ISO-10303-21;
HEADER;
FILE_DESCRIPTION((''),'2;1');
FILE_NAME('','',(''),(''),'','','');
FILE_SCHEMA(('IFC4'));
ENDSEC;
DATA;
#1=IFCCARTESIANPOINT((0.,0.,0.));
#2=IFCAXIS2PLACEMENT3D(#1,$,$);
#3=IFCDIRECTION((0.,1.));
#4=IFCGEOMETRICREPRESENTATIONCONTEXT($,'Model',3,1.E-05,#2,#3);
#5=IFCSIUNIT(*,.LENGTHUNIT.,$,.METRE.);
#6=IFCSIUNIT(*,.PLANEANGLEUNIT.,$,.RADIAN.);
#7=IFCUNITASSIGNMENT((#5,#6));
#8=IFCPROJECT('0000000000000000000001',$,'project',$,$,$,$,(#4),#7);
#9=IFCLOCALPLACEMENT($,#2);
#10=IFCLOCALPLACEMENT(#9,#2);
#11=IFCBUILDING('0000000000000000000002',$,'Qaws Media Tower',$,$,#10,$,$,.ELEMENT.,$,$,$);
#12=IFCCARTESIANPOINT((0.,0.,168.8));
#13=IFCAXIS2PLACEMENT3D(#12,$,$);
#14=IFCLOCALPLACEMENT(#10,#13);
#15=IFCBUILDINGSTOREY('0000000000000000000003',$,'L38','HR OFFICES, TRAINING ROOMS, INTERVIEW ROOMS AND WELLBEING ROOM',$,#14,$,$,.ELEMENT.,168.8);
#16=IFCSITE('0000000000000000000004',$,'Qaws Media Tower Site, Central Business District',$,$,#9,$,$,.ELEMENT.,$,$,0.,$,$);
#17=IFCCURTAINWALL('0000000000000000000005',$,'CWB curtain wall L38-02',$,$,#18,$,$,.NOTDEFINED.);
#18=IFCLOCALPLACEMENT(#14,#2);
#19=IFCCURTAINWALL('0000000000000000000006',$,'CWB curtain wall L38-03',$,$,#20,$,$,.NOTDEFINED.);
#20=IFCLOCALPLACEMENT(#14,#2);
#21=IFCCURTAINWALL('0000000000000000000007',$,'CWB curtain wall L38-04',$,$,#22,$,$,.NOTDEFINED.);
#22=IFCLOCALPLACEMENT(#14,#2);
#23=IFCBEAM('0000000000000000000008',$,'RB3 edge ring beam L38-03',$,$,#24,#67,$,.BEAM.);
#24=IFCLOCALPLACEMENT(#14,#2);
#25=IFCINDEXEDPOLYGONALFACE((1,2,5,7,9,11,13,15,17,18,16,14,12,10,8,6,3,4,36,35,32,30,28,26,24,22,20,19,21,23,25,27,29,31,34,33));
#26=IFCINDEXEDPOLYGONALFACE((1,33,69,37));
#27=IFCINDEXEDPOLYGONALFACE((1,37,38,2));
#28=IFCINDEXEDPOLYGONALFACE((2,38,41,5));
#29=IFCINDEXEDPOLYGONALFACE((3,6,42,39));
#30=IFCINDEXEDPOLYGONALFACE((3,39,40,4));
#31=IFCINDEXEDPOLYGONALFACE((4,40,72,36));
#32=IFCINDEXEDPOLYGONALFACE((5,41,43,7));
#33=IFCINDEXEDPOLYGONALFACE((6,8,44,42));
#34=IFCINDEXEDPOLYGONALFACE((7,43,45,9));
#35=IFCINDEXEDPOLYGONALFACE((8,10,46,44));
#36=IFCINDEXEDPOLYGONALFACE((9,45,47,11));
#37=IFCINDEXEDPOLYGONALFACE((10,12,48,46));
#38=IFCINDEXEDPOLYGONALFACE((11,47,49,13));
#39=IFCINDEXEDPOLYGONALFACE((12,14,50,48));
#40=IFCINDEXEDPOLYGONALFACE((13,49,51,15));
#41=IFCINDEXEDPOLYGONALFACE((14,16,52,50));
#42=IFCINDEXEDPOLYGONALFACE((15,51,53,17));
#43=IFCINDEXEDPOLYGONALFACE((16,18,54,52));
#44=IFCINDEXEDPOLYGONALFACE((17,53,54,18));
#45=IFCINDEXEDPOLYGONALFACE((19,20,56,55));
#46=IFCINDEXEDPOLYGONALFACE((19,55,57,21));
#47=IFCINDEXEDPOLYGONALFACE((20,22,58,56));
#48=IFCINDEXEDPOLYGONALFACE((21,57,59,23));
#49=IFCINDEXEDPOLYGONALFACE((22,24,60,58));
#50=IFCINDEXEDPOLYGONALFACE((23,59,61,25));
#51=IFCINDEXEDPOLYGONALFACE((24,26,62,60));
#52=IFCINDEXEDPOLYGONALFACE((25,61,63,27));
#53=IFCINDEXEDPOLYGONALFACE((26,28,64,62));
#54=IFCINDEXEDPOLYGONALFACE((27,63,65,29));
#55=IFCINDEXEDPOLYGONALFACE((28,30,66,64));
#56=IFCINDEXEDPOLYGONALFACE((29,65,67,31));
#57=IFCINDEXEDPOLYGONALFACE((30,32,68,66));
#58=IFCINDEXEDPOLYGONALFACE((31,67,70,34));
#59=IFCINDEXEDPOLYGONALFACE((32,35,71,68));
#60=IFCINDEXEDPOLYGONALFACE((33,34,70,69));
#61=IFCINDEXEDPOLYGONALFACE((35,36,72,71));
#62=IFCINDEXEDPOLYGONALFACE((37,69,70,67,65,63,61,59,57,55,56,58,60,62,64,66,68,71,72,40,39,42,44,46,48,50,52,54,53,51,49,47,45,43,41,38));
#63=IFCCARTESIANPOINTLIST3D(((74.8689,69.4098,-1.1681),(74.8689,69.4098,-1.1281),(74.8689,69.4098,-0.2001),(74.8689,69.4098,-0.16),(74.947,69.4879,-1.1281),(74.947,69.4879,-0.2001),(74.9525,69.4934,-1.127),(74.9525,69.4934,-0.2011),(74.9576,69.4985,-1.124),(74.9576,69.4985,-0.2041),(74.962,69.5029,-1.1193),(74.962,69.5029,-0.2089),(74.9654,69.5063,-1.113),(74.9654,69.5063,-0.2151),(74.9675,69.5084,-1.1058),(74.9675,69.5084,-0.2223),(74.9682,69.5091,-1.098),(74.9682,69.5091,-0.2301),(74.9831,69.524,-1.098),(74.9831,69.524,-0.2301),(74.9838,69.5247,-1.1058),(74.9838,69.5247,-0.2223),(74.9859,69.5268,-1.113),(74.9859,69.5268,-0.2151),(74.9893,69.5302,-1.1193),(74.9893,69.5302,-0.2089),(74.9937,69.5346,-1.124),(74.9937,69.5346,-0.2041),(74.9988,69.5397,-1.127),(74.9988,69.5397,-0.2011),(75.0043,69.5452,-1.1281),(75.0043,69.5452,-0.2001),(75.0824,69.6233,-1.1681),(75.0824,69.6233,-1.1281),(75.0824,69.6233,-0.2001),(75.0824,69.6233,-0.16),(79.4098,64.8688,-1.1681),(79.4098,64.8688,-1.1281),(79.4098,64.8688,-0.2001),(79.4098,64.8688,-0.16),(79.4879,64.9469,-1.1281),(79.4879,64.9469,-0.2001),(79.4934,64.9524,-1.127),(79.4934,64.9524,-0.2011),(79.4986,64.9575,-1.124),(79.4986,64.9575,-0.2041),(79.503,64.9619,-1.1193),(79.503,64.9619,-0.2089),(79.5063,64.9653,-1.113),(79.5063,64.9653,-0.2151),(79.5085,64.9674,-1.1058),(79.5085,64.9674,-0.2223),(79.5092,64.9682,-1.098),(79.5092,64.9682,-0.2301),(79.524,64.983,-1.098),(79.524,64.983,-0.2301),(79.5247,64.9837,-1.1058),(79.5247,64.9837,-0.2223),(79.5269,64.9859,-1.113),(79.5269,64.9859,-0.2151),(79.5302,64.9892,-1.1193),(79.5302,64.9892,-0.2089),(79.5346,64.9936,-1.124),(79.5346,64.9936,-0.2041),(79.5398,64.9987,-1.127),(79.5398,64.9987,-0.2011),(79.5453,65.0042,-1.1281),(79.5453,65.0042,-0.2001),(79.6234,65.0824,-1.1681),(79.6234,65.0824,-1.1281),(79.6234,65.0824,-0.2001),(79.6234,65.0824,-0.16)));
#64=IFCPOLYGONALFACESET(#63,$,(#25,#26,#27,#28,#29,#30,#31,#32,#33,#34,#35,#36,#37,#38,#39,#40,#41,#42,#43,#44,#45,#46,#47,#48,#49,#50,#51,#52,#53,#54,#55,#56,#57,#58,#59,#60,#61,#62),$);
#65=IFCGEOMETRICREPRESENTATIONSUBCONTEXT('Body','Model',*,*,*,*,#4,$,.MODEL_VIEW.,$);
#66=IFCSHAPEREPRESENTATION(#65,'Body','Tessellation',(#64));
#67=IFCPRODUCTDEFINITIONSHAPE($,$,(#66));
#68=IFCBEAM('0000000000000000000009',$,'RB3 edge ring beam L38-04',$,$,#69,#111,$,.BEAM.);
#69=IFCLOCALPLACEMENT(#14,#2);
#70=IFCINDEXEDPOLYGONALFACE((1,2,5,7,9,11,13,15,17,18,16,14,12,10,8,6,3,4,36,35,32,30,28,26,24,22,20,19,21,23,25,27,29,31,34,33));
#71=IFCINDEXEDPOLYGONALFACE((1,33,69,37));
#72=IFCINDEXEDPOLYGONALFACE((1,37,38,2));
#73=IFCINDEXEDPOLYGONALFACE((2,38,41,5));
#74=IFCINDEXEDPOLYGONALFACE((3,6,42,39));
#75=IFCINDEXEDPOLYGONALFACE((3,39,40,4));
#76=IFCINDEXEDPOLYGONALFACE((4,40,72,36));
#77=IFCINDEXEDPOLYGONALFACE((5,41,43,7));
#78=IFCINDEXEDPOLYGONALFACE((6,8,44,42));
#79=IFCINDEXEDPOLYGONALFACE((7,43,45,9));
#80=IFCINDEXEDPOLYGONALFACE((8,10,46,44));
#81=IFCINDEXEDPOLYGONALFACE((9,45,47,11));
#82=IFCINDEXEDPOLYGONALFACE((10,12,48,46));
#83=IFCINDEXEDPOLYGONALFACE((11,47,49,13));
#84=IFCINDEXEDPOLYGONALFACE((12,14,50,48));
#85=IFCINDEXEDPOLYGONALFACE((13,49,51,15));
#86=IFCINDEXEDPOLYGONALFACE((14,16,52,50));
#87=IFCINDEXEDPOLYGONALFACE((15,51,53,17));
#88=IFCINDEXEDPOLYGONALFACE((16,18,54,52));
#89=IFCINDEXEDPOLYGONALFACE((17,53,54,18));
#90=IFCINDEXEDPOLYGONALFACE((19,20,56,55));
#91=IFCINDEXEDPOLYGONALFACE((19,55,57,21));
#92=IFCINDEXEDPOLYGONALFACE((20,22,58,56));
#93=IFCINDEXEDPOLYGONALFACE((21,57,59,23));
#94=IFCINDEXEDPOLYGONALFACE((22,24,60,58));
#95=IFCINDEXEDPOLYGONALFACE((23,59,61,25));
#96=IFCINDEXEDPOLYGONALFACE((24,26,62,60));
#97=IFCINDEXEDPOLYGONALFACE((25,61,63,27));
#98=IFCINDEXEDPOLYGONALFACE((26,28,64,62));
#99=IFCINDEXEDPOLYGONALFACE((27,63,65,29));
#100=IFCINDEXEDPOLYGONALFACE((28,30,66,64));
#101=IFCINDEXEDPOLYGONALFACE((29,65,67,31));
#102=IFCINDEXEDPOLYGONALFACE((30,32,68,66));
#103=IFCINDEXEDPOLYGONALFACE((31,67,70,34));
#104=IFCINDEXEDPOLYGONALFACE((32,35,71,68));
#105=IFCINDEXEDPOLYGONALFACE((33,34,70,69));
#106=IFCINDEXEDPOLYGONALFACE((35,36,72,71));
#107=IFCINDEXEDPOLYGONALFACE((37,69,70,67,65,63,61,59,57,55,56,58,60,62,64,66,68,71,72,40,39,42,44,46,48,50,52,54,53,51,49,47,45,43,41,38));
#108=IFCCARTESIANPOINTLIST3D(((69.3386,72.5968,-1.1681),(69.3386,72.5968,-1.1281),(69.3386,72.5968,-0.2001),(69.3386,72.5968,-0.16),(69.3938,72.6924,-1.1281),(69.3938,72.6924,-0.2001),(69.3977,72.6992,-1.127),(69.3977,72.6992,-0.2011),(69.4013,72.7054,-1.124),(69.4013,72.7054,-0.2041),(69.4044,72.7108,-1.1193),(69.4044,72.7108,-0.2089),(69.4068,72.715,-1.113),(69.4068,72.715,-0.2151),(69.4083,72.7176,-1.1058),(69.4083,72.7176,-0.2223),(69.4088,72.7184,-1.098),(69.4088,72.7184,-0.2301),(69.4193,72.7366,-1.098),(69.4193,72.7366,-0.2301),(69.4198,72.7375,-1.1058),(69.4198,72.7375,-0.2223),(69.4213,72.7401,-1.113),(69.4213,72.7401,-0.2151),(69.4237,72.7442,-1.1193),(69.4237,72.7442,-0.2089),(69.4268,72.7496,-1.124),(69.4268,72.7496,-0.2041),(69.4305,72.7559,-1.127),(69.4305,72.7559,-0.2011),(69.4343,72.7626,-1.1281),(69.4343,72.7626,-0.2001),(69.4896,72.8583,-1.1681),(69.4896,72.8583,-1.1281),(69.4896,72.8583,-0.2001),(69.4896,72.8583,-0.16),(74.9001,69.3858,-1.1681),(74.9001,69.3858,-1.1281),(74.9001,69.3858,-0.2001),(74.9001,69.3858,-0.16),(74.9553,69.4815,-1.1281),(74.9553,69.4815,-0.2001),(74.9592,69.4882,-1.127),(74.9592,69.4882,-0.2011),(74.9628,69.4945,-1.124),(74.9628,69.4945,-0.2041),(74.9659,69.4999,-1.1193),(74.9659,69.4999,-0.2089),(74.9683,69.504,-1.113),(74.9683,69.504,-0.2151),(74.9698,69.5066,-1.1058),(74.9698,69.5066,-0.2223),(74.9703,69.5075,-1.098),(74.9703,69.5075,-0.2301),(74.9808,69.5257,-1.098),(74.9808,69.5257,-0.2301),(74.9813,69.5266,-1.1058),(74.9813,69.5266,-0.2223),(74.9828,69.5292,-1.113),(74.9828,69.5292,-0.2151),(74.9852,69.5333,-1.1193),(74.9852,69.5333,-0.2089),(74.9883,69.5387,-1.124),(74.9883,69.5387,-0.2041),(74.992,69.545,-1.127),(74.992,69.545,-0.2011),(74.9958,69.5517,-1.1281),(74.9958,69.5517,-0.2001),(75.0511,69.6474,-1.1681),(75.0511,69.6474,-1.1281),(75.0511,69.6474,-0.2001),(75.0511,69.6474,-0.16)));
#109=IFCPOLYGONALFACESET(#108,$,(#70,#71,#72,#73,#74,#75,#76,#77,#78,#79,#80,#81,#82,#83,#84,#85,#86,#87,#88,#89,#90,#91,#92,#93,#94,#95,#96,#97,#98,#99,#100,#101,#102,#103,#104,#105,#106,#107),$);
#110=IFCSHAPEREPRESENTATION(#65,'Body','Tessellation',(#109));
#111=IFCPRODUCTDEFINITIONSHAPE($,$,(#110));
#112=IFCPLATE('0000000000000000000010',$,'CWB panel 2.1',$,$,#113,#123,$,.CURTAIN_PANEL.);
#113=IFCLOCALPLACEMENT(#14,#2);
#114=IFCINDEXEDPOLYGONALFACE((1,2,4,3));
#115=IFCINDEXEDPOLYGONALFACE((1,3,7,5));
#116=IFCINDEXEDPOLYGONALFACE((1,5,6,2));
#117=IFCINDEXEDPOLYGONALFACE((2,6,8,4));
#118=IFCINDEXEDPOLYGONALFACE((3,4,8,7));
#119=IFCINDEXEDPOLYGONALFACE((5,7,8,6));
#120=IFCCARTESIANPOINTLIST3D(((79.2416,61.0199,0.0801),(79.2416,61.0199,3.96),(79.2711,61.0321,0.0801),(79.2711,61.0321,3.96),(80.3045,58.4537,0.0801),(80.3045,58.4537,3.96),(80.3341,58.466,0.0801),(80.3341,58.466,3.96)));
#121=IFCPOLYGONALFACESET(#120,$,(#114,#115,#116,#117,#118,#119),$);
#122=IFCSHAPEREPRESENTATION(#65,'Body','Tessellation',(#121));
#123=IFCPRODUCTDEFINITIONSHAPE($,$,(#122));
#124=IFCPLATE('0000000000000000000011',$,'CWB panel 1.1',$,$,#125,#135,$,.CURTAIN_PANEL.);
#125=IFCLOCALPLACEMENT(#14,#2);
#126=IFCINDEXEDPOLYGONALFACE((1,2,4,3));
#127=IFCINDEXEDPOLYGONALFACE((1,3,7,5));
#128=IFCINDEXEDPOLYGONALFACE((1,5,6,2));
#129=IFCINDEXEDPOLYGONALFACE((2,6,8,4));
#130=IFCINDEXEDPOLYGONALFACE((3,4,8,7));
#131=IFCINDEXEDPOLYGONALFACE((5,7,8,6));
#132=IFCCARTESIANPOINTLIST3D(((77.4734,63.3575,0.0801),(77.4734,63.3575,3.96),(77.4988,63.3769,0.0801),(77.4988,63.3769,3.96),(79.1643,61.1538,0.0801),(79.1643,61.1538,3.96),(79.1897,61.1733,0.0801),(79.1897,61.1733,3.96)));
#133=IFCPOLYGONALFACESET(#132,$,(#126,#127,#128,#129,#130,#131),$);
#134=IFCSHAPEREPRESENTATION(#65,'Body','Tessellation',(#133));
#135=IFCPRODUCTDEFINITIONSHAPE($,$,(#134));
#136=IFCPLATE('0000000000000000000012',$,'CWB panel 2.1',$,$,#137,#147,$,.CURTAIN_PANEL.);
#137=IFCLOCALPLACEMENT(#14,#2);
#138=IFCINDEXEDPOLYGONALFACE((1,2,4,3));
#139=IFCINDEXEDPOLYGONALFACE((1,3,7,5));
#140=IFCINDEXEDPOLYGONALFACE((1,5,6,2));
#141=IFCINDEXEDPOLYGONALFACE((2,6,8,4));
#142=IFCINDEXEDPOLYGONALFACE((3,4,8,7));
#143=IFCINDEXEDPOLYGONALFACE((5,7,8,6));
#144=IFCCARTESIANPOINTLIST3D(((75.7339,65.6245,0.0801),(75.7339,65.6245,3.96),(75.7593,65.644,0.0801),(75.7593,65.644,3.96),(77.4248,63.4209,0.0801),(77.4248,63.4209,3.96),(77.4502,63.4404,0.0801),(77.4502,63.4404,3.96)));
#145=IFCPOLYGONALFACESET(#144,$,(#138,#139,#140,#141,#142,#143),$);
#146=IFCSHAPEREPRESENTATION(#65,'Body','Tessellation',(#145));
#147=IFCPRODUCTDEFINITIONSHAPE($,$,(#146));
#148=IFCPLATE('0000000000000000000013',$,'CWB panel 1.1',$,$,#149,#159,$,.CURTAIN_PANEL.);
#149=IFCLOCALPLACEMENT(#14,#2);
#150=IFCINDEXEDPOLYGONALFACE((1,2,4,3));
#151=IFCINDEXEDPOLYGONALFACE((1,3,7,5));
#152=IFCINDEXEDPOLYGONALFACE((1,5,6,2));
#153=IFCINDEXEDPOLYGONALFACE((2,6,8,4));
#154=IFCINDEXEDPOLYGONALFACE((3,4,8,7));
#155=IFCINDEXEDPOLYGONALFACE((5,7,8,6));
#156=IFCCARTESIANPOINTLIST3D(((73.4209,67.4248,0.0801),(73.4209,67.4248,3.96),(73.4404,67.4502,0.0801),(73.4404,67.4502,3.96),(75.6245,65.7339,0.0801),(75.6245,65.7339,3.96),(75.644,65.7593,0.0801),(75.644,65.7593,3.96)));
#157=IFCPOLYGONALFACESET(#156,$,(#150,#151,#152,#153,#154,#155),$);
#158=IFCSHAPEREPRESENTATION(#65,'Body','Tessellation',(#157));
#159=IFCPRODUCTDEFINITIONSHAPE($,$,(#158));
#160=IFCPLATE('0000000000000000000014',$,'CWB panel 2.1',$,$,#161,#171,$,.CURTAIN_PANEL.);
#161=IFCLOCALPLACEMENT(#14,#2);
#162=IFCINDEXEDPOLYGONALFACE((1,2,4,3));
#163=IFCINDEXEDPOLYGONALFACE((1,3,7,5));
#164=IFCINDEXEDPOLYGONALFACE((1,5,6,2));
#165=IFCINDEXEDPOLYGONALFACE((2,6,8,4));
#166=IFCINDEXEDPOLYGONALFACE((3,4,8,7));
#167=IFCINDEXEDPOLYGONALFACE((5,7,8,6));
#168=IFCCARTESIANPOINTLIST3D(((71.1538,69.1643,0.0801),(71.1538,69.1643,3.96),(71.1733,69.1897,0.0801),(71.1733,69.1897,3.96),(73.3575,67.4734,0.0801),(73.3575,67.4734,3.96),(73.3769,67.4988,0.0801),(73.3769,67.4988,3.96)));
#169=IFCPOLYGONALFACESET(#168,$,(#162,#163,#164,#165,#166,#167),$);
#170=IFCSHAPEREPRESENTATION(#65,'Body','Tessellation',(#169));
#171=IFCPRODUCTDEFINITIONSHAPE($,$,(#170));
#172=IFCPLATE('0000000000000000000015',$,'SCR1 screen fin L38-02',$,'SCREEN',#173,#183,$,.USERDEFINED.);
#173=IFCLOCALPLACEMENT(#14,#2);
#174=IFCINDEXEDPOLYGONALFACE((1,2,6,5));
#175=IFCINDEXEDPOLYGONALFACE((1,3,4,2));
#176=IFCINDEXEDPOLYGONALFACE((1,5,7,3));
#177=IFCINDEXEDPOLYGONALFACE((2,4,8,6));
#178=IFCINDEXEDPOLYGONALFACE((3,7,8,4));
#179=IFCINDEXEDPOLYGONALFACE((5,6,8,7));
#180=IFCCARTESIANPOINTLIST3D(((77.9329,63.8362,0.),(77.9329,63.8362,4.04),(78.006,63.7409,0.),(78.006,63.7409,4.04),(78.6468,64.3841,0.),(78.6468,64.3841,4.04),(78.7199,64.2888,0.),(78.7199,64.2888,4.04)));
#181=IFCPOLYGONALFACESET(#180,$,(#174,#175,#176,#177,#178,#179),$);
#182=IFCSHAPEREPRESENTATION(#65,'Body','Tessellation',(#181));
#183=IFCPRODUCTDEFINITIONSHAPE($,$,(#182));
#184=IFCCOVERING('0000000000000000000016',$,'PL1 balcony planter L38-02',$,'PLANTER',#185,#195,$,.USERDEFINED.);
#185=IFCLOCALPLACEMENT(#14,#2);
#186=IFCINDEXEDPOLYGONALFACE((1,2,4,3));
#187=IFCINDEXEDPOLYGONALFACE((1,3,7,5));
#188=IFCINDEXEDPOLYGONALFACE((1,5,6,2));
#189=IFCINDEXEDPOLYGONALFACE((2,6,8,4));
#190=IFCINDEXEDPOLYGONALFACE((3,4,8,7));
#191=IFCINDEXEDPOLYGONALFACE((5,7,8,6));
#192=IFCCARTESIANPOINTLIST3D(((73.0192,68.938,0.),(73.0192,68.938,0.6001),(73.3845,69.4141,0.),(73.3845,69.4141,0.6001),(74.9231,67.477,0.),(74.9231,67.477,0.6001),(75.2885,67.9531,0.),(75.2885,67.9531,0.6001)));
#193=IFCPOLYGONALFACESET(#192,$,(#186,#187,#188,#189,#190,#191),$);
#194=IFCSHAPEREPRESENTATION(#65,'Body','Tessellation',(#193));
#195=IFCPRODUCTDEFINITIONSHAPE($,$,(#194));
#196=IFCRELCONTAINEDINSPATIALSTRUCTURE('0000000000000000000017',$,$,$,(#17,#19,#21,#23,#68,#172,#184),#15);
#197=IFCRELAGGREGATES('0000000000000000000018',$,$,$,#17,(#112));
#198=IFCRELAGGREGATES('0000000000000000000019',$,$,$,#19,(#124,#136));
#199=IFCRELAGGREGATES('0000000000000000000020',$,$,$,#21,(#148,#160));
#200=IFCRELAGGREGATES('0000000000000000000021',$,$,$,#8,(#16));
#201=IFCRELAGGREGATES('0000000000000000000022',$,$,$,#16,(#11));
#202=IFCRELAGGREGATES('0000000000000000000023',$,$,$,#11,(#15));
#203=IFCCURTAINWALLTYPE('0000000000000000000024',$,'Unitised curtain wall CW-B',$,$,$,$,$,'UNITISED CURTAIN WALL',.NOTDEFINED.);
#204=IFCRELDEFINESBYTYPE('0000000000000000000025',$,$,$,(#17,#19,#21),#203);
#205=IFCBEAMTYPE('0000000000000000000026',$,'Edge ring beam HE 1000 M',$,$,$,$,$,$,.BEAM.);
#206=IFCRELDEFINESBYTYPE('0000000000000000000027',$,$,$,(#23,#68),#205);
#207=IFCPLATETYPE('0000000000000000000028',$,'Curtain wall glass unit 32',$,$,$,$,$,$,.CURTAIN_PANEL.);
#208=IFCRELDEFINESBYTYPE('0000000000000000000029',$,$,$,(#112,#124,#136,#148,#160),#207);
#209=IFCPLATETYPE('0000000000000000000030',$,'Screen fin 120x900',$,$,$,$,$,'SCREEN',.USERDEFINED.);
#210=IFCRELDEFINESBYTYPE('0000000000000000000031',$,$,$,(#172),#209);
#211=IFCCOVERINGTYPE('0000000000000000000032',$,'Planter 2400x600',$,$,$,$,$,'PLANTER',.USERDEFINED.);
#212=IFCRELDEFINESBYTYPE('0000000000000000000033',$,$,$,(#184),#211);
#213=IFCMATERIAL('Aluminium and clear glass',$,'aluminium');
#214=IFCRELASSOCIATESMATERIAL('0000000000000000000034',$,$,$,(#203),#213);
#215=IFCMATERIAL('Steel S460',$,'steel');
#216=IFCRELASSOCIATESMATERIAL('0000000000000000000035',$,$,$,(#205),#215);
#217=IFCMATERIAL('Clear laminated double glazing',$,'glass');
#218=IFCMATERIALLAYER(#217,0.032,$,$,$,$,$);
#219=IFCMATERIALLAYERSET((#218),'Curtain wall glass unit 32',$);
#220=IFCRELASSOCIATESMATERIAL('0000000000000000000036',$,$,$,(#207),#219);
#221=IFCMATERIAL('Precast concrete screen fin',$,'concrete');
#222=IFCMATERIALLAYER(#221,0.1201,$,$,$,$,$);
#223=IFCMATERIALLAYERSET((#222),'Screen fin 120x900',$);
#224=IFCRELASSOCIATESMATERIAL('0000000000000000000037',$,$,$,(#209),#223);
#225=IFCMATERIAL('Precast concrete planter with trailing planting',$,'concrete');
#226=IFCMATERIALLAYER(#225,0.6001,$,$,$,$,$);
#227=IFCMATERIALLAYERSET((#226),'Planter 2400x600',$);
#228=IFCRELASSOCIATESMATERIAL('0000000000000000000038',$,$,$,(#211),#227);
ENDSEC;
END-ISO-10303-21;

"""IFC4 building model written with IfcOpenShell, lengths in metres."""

from ifc_helpers import new_model, si_unit, direction, frame, origin, origin_2d, place, context, subcontext, project, spatial, rectangle, i_section, extrude, material, layer, layer_set, material_profile, profile_set, type_object, element, aggregate, save


model = new_model("IFC4")

# Units and contexts
model_context = context("Model", 3, precision=1e-05, world=origin(), true_north=direction((0.0, 1.0)))
body_context = subcontext(model_context, "Body", "Model", "MODEL_VIEW")
ifc_project = project(units=[si_unit("LENGTHUNIT", "METRE"), si_unit("PLANEANGLEUNIT", "RADIAN")], contexts=[model_context])

# Site, building, storey
site_placement = place(None, origin())
site = spatial("IfcSite", under=ifc_project, at=site_placement, Name="Qaws Media Tower Site, Central Business District", CompositionType="ELEMENT", RefElevation=0.0)
building_placement = place(site_placement, origin())
building = spatial("IfcBuilding", under=site, at=building_placement, Name="Qaws Media Tower", CompositionType="ELEMENT")
storey_placement = place(building_placement, frame((0.0, 0.0, 168.8)))
storey = spatial("IfcBuildingStorey", under=building, at=storey_placement, Name="L38", Description="HR OFFICES, TRAINING ROOMS, INTERVIEW ROOMS AND WELLBEING ROOM", CompositionType="ELEMENT", Elevation=168.8)

# Curtain wall
ifc_material_1 = material(Name="Aluminium and clear glass", Category="aluminium")
curtain_wall_type = type_object("IfcCurtainWallType", Name="Unitised curtain wall CW-B", ElementType="UNITISED CURTAIN WALL", PredefinedType="NOTDEFINED", material=ifc_material_1)
curtain_wall_1_placement = place(storey_placement, origin())
curtain_wall_1 = element("IfcCurtainWall", 1, at=curtain_wall_1_placement, inside=storey, type_object=curtain_wall_type, Name="CWB curtain wall L38-02", PredefinedType="NOTDEFINED")

# Curtain walls
curtain_wall_2_placement = place(storey_placement, origin())
curtain_wall_2 = element("IfcCurtainWall", 2, at=curtain_wall_2_placement, inside=storey, type_object=curtain_wall_type, Name="CWB curtain wall L38-03", PredefinedType="NOTDEFINED")
curtain_wall_3_placement = place(storey_placement, origin())
curtain_wall_3 = element("IfcCurtainWall", 3, at=curtain_wall_3_placement, inside=storey, type_object=curtain_wall_type, Name="CWB curtain wall L38-04", PredefinedType="NOTDEFINED")

# Beams
ifc_material_2 = material(Name="Steel S460", Category="steel")
ifc_material_profile_1 = material_profile(ifc_material_2, i_section(OverallWidth=0.302, OverallDepth=1.0081, WebThickness=0.021, FlangeThickness=0.04, FilletRadius=0.03, at=origin_2d()), Name="HE 1000 M")
ifc_profile_set_1 = profile_set([ifc_material_profile_1], Name="Steel S460")
beam_type = type_object("IfcBeamType", Name="Edge ring beam HE 1000 M", PredefinedType="BEAM", material=ifc_profile_set_1)
for number, where, z_axis, x_axis, name in (
    (4, (79.5166, 64.9756, -0.6641), (-0.707107, 0.707107, 0.0), (-0.707107, -0.707107, 0.0), "RB3 edge ring beam L38-03"),
    (5, (74.9756, 69.5166, -0.6641), (-0.866026, 0.499999, 0.0), (-0.499999, -0.866026, 0.0), "RB3 edge ring beam L38-04"),
):
    element("IfcBeam", number, at=place(storey_placement, frame(where, z_axis=z_axis, x_axis=x_axis)), inside=storey, type_object=beam_type, Name=name, PredefinedType="BEAM", context=body_context, shape_type="SweptSolid", body=[
        extrude(i_section(OverallWidth=0.302, OverallDepth=1.0081, WebThickness=0.021, FlangeThickness=0.04, FilletRadius=0.03, at=origin_2d()), origin(), (0.0, 0.0, 1.0), 6.4219),
    ])

# Plates
ifc_material_3 = material(Name="Clear laminated double glazing", Category="glass")
ifc_layer_1 = layer(ifc_material_3, 0.032)
ifc_layer_set_1 = layer_set([ifc_layer_1], Name="Curtain wall glass unit 32")
plate_type_1 = type_object("IfcPlateType", Name="Curtain wall glass unit 32", PredefinedType="CURTAIN_PANEL", material=ifc_layer_set_1)
plate_1_placement = place(storey_placement, frame((79.7878, 59.7429, 0.0801), z_axis=(0.0, 0.0, 1.0), x_axis=(-0.382683, 0.92388, 0.0)))
plate_1 = element("IfcPlate", 6, at=plate_1_placement, type_object=plate_type_1, Name="CWB panel 2.1", PredefinedType="CURTAIN_PANEL", context=body_context, shape_type="SweptSolid", body=[
    extrude(rectangle(XDim=2.7776, YDim=0.032, at=origin_2d()), origin(), (0.0, 0.0, 1.0), 3.8799),
])
aggregate(curtain_wall_1, [plate_1])
plate_2_placement = place(storey_placement, frame((78.3315, 62.2654, 0.0801), z_axis=(0.0, 0.0, 1.0), x_axis=(-0.608761, 0.793353, 0.0)))
plate_2 = element("IfcPlate", 7, at=plate_2_placement, type_object=plate_type_1, Name="CWB panel 1.1", PredefinedType="CURTAIN_PANEL", context=body_context, shape_type="SweptSolid", body=[
    extrude(rectangle(XDim=2.7776, YDim=0.032, at=origin_2d()), origin(), (0.0, 0.0, 1.0), 3.8799),
])
plate_3_placement = place(storey_placement, frame((76.592, 64.5325, 0.0801), z_axis=(0.0, 0.0, 1.0), x_axis=(-0.608761, 0.793353, 0.0)))
plate_3 = element("IfcPlate", 8, at=plate_3_placement, type_object=plate_type_1, Name="CWB panel 2.1", PredefinedType="CURTAIN_PANEL", context=body_context, shape_type="SweptSolid", body=[
    extrude(rectangle(XDim=2.7776, YDim=0.032, at=origin_2d()), origin(), (0.0, 0.0, 1.0), 3.8799),
])
aggregate(curtain_wall_2, [plate_2, plate_3])
plate_4_placement = place(storey_placement, frame((74.5325, 66.592, 0.0801), z_axis=(0.0, 0.0, 1.0), x_axis=(-0.793353, 0.608761, 0.0)))
plate_4 = element("IfcPlate", 9, at=plate_4_placement, type_object=plate_type_1, Name="CWB panel 1.1", PredefinedType="CURTAIN_PANEL", context=body_context, shape_type="SweptSolid", body=[
    extrude(rectangle(XDim=2.7776, YDim=0.032, at=origin_2d()), origin(), (0.0, 0.0, 1.0), 3.8799),
])
plate_5_placement = place(storey_placement, frame((72.2654, 68.3315, 0.0801), z_axis=(0.0, 0.0, 1.0), x_axis=(-0.793353, 0.608761, 0.0)))
plate_5 = element("IfcPlate", 10, at=plate_5_placement, type_object=plate_type_1, Name="CWB panel 2.1", PredefinedType="CURTAIN_PANEL", context=body_context, shape_type="SweptSolid", body=[
    extrude(rectangle(XDim=2.7776, YDim=0.032, at=origin_2d()), origin(), (0.0, 0.0, 1.0), 3.8799),
])
aggregate(curtain_wall_3, [plate_4, plate_5])
ifc_material_4 = material(Name="Precast concrete screen fin", Category="concrete")
ifc_layer_2 = layer(ifc_material_4, 0.1201)
ifc_layer_set_2 = layer_set([ifc_layer_2], Name="Screen fin 120x900")
plate_type_2 = type_object("IfcPlateType", Name="Screen fin 120x900", ElementType="SCREEN", PredefinedType="USERDEFINED", material=ifc_layer_set_2)
plate_6_placement = place(storey_placement, frame((78.3264, 64.0625, 0.0), z_axis=(0.0, 0.0, 1.0), x_axis=(0.793353, 0.608761, 0.0)))
element("IfcPlate", 11, at=plate_6_placement, inside=storey, type_object=plate_type_2, Name="SCR1 screen fin L38-02", ObjectType="SCREEN", PredefinedType="USERDEFINED", context=body_context, shape_type="SweptSolid", body=[
    extrude(rectangle(XDim=0.8999, YDim=0.1201, at=origin_2d()), origin(), (0.0, 0.0, 1.0), 4.04),
])

# Covering
ifc_material_5 = material(Name="Precast concrete planter with trailing planting", Category="concrete")
ifc_layer_3 = layer(ifc_material_5, 0.6001)
ifc_layer_set_3 = layer_set([ifc_layer_3], Name="Planter 2400x600")
covering_type = type_object("IfcCoveringType", Name="Planter 2400x600", ElementType="PLANTER", PredefinedType="USERDEFINED", material=ifc_layer_set_3)
covering_placement = place(storey_placement, frame((74.1538, 68.4456, 0.0), z_axis=(0.0, 0.0, 1.0), x_axis=(-0.793353, 0.608761, 0.0)))
element("IfcCovering", 12, at=covering_placement, inside=storey, type_object=covering_type, Name="PL1 balcony planter L38-02", ObjectType="PLANTER", PredefinedType="USERDEFINED", context=body_context, shape_type="SweptSolid", body=[
    extrude(rectangle(XDim=2.3999, YDim=0.6001, at=origin_2d()), origin(), (0.0, 0.0, 1.0), 0.6001),
])

save(model, "model.ifc")
